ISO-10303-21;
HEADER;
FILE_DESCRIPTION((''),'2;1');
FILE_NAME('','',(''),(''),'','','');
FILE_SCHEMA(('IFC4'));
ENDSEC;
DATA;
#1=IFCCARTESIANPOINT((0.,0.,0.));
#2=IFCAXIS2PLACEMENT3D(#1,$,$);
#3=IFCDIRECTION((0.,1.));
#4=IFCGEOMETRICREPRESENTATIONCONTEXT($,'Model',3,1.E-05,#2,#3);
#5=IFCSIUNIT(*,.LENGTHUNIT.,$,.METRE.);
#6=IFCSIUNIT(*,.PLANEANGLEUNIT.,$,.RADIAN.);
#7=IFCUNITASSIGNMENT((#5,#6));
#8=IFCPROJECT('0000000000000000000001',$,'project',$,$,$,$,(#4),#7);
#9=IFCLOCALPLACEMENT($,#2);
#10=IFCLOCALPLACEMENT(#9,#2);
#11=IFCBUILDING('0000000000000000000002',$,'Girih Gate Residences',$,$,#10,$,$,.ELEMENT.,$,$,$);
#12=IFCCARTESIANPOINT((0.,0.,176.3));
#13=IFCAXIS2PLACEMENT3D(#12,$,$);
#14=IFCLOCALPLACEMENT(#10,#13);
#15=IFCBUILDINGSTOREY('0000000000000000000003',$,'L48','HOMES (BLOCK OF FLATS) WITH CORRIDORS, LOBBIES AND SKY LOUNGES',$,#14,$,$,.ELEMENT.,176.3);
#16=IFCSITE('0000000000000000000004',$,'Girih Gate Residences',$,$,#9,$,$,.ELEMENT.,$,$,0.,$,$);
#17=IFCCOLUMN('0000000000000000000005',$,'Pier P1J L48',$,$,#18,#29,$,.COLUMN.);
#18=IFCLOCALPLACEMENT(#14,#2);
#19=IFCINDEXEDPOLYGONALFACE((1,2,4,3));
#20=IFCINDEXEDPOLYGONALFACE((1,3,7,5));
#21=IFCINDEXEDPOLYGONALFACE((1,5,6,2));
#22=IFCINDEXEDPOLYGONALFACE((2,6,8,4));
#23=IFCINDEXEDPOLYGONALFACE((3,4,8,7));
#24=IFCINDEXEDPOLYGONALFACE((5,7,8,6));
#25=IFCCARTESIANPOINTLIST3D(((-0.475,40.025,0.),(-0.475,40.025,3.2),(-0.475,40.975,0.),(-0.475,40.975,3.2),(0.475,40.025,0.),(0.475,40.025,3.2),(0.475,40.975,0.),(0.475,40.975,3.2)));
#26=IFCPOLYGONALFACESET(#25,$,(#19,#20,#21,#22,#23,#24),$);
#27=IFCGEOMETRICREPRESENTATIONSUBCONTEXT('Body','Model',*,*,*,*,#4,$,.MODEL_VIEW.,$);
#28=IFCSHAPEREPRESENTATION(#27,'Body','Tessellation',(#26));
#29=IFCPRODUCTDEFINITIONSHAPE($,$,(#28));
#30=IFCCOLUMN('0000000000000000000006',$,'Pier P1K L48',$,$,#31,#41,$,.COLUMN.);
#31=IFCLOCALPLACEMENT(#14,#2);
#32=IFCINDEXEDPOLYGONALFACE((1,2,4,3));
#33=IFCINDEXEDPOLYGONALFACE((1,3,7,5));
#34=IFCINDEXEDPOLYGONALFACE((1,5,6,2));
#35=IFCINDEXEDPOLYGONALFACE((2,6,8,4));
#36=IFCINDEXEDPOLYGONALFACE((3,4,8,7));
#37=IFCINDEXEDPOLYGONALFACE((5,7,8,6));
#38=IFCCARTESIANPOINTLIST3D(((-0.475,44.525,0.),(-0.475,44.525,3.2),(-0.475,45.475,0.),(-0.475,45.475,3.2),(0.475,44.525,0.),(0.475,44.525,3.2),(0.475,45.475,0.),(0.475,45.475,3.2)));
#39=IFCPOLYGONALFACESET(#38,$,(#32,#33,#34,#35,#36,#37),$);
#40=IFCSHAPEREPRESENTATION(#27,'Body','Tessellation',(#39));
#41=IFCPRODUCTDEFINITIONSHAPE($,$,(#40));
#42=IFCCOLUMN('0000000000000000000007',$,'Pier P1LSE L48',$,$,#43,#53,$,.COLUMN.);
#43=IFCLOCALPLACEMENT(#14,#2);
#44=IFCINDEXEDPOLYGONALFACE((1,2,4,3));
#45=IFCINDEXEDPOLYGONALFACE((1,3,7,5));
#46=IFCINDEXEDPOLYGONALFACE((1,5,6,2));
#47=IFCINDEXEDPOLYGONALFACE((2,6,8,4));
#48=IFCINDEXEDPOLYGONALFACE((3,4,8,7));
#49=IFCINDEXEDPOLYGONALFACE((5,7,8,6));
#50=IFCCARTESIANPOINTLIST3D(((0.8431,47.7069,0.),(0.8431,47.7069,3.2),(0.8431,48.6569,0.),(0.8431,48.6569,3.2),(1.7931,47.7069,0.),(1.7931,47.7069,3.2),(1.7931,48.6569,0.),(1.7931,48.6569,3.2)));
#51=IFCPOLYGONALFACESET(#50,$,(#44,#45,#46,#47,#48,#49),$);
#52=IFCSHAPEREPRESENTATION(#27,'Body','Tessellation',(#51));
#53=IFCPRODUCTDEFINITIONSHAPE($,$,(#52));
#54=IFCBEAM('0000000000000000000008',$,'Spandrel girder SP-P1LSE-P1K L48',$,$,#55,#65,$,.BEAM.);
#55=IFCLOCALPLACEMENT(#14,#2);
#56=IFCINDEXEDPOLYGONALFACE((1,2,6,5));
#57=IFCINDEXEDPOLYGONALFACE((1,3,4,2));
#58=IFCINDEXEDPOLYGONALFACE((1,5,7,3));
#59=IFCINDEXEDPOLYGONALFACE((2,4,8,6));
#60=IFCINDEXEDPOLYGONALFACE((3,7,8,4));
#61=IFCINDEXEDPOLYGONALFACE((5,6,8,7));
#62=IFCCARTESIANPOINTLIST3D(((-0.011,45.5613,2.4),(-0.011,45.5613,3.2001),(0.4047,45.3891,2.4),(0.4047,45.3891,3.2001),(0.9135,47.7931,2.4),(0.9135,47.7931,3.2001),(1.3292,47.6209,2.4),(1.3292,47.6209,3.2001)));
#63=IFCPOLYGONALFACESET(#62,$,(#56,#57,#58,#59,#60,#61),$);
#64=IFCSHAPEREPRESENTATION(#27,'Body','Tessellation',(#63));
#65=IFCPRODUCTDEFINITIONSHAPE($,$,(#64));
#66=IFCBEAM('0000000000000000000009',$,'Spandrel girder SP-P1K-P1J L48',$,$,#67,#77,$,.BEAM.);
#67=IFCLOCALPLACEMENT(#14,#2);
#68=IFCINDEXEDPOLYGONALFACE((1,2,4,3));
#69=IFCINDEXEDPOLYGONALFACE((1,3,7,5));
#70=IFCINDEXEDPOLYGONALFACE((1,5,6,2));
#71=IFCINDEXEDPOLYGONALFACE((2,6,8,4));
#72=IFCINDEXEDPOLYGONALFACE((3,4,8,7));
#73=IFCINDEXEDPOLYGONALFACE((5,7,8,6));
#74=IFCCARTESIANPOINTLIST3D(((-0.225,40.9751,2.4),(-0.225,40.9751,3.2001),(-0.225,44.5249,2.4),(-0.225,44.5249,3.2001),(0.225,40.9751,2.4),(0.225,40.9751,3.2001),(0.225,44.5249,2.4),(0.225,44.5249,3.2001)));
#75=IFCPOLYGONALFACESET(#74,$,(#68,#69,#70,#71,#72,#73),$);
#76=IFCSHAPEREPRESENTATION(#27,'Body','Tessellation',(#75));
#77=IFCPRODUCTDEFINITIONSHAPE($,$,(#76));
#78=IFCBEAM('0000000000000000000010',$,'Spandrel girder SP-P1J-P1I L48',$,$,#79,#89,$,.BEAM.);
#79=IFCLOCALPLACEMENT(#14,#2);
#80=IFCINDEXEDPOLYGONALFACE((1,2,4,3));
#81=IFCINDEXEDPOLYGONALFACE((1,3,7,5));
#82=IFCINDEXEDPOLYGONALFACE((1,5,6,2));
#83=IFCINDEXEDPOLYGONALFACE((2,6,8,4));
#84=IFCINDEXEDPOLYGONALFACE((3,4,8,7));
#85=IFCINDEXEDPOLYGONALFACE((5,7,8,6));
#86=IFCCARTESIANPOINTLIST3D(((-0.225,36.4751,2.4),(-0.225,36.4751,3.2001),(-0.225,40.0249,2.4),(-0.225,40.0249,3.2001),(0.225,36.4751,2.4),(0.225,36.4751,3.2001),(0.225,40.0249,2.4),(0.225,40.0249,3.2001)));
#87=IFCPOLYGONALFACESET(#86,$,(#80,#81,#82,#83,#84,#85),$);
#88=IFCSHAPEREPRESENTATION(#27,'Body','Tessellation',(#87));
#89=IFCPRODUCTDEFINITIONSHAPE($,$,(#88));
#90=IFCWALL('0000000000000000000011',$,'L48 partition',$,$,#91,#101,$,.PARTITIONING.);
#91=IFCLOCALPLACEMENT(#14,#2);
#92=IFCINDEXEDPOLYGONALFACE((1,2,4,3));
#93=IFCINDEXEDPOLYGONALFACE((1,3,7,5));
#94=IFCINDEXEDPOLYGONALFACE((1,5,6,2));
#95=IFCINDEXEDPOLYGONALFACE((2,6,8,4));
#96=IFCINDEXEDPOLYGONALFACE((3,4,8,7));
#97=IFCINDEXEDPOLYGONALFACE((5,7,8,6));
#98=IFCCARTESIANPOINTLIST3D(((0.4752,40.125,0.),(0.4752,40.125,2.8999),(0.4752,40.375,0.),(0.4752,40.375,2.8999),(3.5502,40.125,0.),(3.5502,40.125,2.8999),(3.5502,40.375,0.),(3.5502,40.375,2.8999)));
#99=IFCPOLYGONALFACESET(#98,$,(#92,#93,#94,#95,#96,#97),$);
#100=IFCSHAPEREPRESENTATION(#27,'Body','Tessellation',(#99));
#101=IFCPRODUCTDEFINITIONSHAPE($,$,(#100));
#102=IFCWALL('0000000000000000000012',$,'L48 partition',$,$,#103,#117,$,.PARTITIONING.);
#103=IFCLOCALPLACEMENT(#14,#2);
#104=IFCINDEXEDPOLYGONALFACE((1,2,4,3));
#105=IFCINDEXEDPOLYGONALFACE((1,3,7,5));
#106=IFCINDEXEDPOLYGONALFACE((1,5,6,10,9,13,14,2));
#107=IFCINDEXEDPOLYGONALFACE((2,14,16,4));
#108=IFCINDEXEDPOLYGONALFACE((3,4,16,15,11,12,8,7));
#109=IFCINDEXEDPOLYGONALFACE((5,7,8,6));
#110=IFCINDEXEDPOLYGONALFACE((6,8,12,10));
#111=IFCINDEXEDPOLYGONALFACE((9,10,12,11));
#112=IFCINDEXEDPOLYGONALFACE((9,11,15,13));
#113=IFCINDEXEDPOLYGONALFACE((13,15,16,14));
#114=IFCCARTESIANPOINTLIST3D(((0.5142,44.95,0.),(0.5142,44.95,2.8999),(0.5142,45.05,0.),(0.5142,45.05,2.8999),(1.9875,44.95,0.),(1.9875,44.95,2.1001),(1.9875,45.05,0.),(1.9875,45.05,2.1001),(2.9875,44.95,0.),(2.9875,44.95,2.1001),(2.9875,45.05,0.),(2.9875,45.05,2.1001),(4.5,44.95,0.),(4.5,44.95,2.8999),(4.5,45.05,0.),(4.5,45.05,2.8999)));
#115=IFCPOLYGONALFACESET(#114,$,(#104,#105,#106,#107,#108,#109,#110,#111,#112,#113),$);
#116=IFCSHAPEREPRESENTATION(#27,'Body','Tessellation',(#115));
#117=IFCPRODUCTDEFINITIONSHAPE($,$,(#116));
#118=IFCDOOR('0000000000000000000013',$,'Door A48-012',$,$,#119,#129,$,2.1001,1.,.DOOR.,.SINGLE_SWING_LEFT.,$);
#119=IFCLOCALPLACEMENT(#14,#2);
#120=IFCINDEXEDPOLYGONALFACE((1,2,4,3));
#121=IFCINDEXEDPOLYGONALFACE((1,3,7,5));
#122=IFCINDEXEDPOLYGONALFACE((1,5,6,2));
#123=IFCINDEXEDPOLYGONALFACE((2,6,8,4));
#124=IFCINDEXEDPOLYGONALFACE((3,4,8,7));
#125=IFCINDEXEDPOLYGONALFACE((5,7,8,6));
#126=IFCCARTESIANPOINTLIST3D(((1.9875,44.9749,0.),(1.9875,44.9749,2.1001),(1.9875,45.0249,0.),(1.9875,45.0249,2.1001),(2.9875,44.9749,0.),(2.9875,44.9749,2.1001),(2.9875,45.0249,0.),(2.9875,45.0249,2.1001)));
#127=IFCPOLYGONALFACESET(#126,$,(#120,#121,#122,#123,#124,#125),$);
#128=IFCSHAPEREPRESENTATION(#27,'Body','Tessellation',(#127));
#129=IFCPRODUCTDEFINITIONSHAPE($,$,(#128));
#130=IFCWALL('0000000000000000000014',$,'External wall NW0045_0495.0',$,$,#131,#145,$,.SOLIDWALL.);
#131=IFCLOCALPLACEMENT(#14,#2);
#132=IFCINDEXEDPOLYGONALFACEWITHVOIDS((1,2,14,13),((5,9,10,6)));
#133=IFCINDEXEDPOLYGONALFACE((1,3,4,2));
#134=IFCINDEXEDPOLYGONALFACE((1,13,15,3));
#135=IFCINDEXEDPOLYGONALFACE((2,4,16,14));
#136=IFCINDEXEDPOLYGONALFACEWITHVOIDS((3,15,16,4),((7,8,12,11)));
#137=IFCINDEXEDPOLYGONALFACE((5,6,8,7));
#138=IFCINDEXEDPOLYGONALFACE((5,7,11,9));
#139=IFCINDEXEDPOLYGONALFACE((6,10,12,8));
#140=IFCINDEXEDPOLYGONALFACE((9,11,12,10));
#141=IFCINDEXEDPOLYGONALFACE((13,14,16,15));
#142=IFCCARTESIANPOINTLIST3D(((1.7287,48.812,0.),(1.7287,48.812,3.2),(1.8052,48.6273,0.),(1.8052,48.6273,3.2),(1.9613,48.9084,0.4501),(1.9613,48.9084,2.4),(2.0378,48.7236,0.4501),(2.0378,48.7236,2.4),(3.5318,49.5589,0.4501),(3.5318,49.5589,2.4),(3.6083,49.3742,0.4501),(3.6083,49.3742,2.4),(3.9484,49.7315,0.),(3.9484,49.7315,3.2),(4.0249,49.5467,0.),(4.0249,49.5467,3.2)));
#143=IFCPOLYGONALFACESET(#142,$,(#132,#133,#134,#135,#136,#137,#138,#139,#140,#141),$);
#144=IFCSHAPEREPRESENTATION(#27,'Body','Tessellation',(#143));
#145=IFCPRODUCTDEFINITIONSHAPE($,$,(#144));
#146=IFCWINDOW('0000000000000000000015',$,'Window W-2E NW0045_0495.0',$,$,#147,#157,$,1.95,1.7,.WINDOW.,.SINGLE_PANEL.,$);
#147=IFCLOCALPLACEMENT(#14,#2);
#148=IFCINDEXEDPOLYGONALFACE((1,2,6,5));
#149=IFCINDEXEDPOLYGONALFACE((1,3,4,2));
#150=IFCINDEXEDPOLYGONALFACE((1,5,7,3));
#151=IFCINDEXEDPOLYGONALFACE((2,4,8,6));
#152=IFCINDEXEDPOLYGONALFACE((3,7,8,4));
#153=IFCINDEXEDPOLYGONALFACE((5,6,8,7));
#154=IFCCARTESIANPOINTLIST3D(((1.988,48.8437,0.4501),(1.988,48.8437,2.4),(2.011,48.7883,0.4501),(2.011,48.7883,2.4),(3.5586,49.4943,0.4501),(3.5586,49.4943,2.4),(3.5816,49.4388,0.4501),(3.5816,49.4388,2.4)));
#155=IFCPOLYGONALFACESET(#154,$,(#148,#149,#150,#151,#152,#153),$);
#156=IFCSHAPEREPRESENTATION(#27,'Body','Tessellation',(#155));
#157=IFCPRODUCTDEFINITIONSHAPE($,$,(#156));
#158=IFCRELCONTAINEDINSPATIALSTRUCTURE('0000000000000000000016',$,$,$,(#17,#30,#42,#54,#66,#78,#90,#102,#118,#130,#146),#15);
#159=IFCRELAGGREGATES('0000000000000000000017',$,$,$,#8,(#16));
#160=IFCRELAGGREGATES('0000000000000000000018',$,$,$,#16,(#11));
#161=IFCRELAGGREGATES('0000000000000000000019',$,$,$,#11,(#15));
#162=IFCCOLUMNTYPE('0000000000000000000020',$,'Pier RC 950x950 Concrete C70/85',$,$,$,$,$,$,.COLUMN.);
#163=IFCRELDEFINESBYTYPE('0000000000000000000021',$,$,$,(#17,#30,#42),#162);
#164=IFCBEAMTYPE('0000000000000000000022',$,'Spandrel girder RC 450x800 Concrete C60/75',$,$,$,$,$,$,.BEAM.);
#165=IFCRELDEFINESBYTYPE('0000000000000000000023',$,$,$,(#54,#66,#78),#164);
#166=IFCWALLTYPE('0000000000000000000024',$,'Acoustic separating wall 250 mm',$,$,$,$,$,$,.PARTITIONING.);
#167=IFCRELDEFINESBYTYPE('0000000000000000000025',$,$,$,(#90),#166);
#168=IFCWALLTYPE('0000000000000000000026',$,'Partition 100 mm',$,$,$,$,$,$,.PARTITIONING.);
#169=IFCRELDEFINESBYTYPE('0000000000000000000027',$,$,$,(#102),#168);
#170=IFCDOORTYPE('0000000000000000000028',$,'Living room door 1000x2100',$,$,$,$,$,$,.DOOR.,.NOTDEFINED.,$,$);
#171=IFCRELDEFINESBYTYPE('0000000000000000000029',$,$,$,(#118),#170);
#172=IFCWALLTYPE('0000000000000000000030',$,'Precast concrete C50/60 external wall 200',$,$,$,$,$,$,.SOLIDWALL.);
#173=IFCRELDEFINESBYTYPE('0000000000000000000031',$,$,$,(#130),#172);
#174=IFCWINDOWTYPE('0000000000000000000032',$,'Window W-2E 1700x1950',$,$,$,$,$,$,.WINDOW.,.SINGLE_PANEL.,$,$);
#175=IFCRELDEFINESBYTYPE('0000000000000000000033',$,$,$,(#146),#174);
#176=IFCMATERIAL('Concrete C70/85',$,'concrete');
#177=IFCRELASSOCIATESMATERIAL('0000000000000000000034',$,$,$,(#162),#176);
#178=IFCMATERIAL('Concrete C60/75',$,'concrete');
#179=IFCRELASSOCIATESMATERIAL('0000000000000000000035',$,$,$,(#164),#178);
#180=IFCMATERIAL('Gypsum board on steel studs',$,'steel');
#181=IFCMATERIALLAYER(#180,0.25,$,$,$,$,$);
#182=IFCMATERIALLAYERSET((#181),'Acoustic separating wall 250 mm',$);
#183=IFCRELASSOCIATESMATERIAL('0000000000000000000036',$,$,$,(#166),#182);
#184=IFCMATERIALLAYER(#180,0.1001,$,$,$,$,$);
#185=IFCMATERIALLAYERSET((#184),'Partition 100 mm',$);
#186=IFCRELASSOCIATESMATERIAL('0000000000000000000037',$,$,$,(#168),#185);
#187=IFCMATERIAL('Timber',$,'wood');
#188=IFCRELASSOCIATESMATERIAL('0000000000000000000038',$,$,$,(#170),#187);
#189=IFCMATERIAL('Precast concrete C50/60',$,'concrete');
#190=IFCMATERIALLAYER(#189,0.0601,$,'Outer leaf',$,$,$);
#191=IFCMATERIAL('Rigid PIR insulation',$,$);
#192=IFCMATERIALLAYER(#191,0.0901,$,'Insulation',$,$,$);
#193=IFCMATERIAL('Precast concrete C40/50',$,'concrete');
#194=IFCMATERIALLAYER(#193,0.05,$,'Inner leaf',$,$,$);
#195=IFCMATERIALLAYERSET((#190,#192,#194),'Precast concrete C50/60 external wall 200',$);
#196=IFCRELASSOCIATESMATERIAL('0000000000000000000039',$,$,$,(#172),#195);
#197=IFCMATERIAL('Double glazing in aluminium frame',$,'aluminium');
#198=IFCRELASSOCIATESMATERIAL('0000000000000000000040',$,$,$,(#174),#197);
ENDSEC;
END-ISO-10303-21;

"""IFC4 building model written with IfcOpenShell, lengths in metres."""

from ifc_helpers import new_model, si_unit, direction, frame, frame_2d, origin, origin_2d, place, context, subcontext, project, spatial, rectangle, extrude, material, layer, layer_set, material_profile, profile_set, type_object, element, fill, save


model = new_model("IFC4")

# Units and contexts
model_context = context("Model", 3, precision=1e-05, world=origin(), true_north=direction((0.0, 1.0)))
body_context = subcontext(model_context, "Body", "Model", "MODEL_VIEW")
ifc_project = project(units=[si_unit("LENGTHUNIT", "METRE"), si_unit("PLANEANGLEUNIT", "RADIAN")], contexts=[model_context])

# Site, building, storey
site_placement = place(None, origin())
site = spatial("IfcSite", under=ifc_project, at=site_placement, Name="Girih Gate Residences", CompositionType="ELEMENT", RefElevation=0.0)
building_placement = place(site_placement, origin())
building = spatial("IfcBuilding", under=site, at=building_placement, Name="Girih Gate Residences", CompositionType="ELEMENT")
storey_placement = place(building_placement, frame((0.0, 0.0, 176.3)))
storey = spatial("IfcBuildingStorey", under=building, at=storey_placement, Name="L48", Description="HOMES (BLOCK OF FLATS) WITH CORRIDORS, LOBBIES AND SKY LOUNGES", CompositionType="ELEMENT", Elevation=176.3)

# Columns
ifc_material_1 = material(Name="Concrete C70/85", Category="concrete")
ifc_material_profile_1 = material_profile(ifc_material_1, rectangle(XDim=0.95, YDim=0.95, at=origin_2d()))
ifc_profile_set_1 = profile_set([ifc_material_profile_1], Name="Concrete C70/85")
column_type = type_object("IfcColumnType", Name="Pier RC 950x950 Concrete C70/85", PredefinedType="COLUMN", material=ifc_profile_set_1)
for number, where, z_axis, x_axis, name in (
    (1, (0.0, 40.5, 0.0), (0.0, 0.0, 1.0), (1.0, 0.0, 0.0), "Pier P1J L48"),
    (2, (0.0, 45.0, 0.0), (0.0, 0.0, 1.0), (1.0, 0.0, 0.0), "Pier P1K L48"),
    (3, (1.3181, 48.1819, 0.0), (0.0, 0.0, 1.0), (1.0, 0.0, 0.0), "Pier P1LSE L48"),
):
    element("IfcColumn", number, at=place(storey_placement, frame(where, z_axis=z_axis, x_axis=x_axis)), inside=storey, type_object=column_type, Name=name, PredefinedType="COLUMN", context=body_context, shape_type="SweptSolid", body=[
        extrude(rectangle(XDim=0.95, YDim=0.95, at=origin_2d()), origin(), (0.0, 0.0, 1.0), 3.2),
    ])

# Beams
ifc_material_2 = material(Name="Concrete C60/75", Category="concrete")
ifc_material_profile_2 = material_profile(ifc_material_2, rectangle(XDim=0.45, YDim=0.8, at=origin_2d()))
ifc_profile_set_2 = profile_set([ifc_material_profile_2], Name="Concrete C60/75")
beam_type = type_object("IfcBeamType", Name="Spandrel girder RC 450x800 Concrete C60/75", PredefinedType="BEAM", material=ifc_profile_set_2)
beam_placement = place(storey_placement, frame((1.1213, 47.707, 2.8), z_axis=(-0.382706, -0.92387, 0.0), x_axis=(0.92387, -0.382706, 0.0)))
element("IfcBeam", 4, at=beam_placement, inside=storey, type_object=beam_type, Name="Spandrel girder SP-P1LSE-P1K L48", PredefinedType="BEAM", context=body_context, shape_type="SweptSolid", body=[
    extrude(rectangle(XDim=0.45, YDim=0.8, at=origin_2d()), origin(), (0.0, 0.0, 1.0), 2.4158),
])
for number, where, z_axis, x_axis, name in (
    (5, (0.0, 44.5249, 2.8), (0.0, -1.0, 0.0), (1.0, 0.0, 0.0), "Spandrel girder SP-P1K-P1J L48"),
    (6, (0.0, 40.0249, 2.8), (0.0, -1.0, 0.0), (1.0, 0.0, 0.0), "Spandrel girder SP-P1J-P1I L48"),
):
    element("IfcBeam", number, at=place(storey_placement, frame(where, z_axis=z_axis, x_axis=x_axis)), inside=storey, type_object=beam_type, Name=name, PredefinedType="BEAM", context=body_context, shape_type="SweptSolid", body=[
        extrude(rectangle(XDim=0.45, YDim=0.8, at=origin_2d()), origin(), (0.0, 0.0, 1.0), 3.5498),
    ])

# Wall
ifc_material_3 = material(Name="Gypsum board on steel studs", Category="steel")
ifc_layer_1 = layer(ifc_material_3, 0.25)
ifc_layer_set_1 = layer_set([ifc_layer_1], Name="Acoustic separating wall 250 mm")
wall_type_1 = type_object("IfcWallType", Name="Acoustic separating wall 250 mm", PredefinedType="PARTITIONING", material=ifc_layer_set_1)
wall_1_placement = place(storey_placement, frame((0.4751, 40.25, 0.0), z_axis=(0.0, 0.0, 1.0), x_axis=(1.0, 0.0, 0.0)))
element("IfcWall", 7, at=wall_1_placement, inside=storey, type_object=wall_type_1, Name="L48 partition", PredefinedType="PARTITIONING", context=body_context, shape_type="SweptSolid", body=[
    extrude(rectangle(XDim=3.075, YDim=0.25, at=frame_2d((1.5376, 0.0))), origin(), (0.0, 0.0, 1.0), 2.8999),
])

# Wall, opening, door
ifc_layer_2 = layer(ifc_material_3, 0.1001)
ifc_layer_set_2 = layer_set([ifc_layer_2], Name="Partition 100 mm")
wall_type_2 = type_object("IfcWallType", Name="Partition 100 mm", PredefinedType="PARTITIONING", material=ifc_layer_set_2)
wall_2_placement = place(storey_placement, frame((0.5142, 45.0, 0.0), z_axis=(0.0, 0.0, 1.0), x_axis=(1.0, 0.0, 0.0)))
wall_2 = element("IfcWall", 8, at=wall_2_placement, inside=storey, type_object=wall_type_2, Name="L48 partition", PredefinedType="PARTITIONING", context=body_context, shape_type="SweptSolid", body=[
    extrude(rectangle(XDim=3.9858, YDim=0.1001, at=frame_2d((1.9929, 0.0))), origin(), (0.0, 0.0, 1.0), 2.8999),
])
opening_1_placement = place(wall_2_placement, frame((1.4734, 0.0, 0.0)))
opening_1 = element("IfcOpeningElement", 9, at=opening_1_placement, cuts=wall_2, PredefinedType="OPENING", context=body_context, shape_type="SweptSolid", body=[
    extrude(rectangle(XDim=1.0, YDim=2.1001, at=frame_2d((0.5, 1.05))), frame((0.0, 0.0601, 0.0), z_axis=(0.0, -1.0, 0.0), x_axis=(1.0, 0.0, 0.0)), (0.0, 0.0, 1.0), 0.1201),
])
ifc_material_4 = material(Name="Timber", Category="wood")
door_type = type_object("IfcDoorType", Name="Living room door 1000x2100", OperationType="NOTDEFINED", PredefinedType="DOOR", material=ifc_material_4)
door_placement = place(opening_1_placement, origin())
door = element("IfcDoor", 10, at=door_placement, inside=storey, type_object=door_type, Name="Door A48-012", OperationType="SINGLE_SWING_LEFT", OverallHeight=2.1001, OverallWidth=1.0, PredefinedType="DOOR", context=body_context, shape_type="SweptSolid", body=[
    extrude(rectangle(XDim=1.0, YDim=2.1001, at=frame_2d((0.5, 1.05))), frame((0.0, 0.0249, 0.0), z_axis=(0.0, -1.0, 0.0), x_axis=(1.0, 0.0, 0.0)), (0.0, 0.0, 1.0), 0.05),
])
fill(opening_1, door)

# Wall, opening, window
ifc_material_5 = material(Name="Precast concrete C50/60", Category="concrete")
ifc_layer_3 = layer(ifc_material_5, 0.0601, Name="Outer leaf")
ifc_material_6 = material(Name="Rigid PIR insulation")
ifc_layer_4 = layer(ifc_material_6, 0.0901, Name="Insulation")
ifc_material_7 = material(Name="Precast concrete C40/50", Category="concrete")
ifc_layer_5 = layer(ifc_material_7, 0.05, Name="Inner leaf")
ifc_layer_set_3 = layer_set([ifc_layer_3, ifc_layer_4, ifc_layer_5], Name="Precast concrete C50/60 external wall 200")
wall_type_3 = type_object("IfcWallType", Name="Precast concrete C50/60 external wall 200", PredefinedType="SOLIDWALL", material=ifc_layer_set_3)
wall_3_placement = place(storey_placement, frame((1.7671, 48.7197, 0.0), z_axis=(0.0, 0.0, 1.0), x_axis=(0.923881, 0.382681, 0.0)))
wall_3 = element("IfcWall", 11, at=wall_3_placement, inside=storey, type_object=wall_type_3, Name="External wall NW0045_0495.0", PredefinedType="SOLIDWALL", context=body_context, shape_type="SweptSolid", body=[
    extrude(rectangle(XDim=2.4026, YDim=0.2, at=frame_2d((1.2012, 0.0))), origin(), (0.0, 0.0, 1.0), 3.2),
])
opening_2_placement = place(wall_3_placement, frame((0.2515, 0.0, 0.45)))
opening_2 = element("IfcOpeningElement", 12, at=opening_2_placement, cuts=wall_3, PredefinedType="OPENING", context=body_context, shape_type="SweptSolid", body=[
    extrude(rectangle(XDim=1.7, YDim=1.95, at=frame_2d((0.8501, 0.9751))), frame((0.0, 0.1099, 0.0), z_axis=(0.0, -1.0, 0.0), x_axis=(1.0, 0.0, 0.0)), (0.0, 0.0, 1.0), 0.22),
])
ifc_material_8 = material(Name="Double glazing in aluminium frame", Category="aluminium")
window_type_1 = type_object("IfcWindowType", Name="Window W-2E 1700x1950", PartitioningType="SINGLE_PANEL", PredefinedType="WINDOW", material=ifc_material_8)
window_1_placement = place(opening_2_placement, origin())
window_1 = element("IfcWindow", 13, at=window_1_placement, inside=storey, type_object=window_type_1, Name="Window W-2E NW0045_0495.0", OverallHeight=1.95, OverallWidth=1.7, PartitioningType="SINGLE_PANEL", PredefinedType="WINDOW", context=body_context, shape_type="SweptSolid", body=[
    extrude(rectangle(XDim=1.7, YDim=1.95, at=frame_2d((0.8501, 0.9751))), frame((0.0, 0.03, 0.0), z_axis=(0.0, -1.0, 0.0), x_axis=(1.0, 0.0, 0.0)), (0.0, 0.0, 1.0), 0.0601),
])
fill(opening_2, window_1)

save(model, "model.ifc")
